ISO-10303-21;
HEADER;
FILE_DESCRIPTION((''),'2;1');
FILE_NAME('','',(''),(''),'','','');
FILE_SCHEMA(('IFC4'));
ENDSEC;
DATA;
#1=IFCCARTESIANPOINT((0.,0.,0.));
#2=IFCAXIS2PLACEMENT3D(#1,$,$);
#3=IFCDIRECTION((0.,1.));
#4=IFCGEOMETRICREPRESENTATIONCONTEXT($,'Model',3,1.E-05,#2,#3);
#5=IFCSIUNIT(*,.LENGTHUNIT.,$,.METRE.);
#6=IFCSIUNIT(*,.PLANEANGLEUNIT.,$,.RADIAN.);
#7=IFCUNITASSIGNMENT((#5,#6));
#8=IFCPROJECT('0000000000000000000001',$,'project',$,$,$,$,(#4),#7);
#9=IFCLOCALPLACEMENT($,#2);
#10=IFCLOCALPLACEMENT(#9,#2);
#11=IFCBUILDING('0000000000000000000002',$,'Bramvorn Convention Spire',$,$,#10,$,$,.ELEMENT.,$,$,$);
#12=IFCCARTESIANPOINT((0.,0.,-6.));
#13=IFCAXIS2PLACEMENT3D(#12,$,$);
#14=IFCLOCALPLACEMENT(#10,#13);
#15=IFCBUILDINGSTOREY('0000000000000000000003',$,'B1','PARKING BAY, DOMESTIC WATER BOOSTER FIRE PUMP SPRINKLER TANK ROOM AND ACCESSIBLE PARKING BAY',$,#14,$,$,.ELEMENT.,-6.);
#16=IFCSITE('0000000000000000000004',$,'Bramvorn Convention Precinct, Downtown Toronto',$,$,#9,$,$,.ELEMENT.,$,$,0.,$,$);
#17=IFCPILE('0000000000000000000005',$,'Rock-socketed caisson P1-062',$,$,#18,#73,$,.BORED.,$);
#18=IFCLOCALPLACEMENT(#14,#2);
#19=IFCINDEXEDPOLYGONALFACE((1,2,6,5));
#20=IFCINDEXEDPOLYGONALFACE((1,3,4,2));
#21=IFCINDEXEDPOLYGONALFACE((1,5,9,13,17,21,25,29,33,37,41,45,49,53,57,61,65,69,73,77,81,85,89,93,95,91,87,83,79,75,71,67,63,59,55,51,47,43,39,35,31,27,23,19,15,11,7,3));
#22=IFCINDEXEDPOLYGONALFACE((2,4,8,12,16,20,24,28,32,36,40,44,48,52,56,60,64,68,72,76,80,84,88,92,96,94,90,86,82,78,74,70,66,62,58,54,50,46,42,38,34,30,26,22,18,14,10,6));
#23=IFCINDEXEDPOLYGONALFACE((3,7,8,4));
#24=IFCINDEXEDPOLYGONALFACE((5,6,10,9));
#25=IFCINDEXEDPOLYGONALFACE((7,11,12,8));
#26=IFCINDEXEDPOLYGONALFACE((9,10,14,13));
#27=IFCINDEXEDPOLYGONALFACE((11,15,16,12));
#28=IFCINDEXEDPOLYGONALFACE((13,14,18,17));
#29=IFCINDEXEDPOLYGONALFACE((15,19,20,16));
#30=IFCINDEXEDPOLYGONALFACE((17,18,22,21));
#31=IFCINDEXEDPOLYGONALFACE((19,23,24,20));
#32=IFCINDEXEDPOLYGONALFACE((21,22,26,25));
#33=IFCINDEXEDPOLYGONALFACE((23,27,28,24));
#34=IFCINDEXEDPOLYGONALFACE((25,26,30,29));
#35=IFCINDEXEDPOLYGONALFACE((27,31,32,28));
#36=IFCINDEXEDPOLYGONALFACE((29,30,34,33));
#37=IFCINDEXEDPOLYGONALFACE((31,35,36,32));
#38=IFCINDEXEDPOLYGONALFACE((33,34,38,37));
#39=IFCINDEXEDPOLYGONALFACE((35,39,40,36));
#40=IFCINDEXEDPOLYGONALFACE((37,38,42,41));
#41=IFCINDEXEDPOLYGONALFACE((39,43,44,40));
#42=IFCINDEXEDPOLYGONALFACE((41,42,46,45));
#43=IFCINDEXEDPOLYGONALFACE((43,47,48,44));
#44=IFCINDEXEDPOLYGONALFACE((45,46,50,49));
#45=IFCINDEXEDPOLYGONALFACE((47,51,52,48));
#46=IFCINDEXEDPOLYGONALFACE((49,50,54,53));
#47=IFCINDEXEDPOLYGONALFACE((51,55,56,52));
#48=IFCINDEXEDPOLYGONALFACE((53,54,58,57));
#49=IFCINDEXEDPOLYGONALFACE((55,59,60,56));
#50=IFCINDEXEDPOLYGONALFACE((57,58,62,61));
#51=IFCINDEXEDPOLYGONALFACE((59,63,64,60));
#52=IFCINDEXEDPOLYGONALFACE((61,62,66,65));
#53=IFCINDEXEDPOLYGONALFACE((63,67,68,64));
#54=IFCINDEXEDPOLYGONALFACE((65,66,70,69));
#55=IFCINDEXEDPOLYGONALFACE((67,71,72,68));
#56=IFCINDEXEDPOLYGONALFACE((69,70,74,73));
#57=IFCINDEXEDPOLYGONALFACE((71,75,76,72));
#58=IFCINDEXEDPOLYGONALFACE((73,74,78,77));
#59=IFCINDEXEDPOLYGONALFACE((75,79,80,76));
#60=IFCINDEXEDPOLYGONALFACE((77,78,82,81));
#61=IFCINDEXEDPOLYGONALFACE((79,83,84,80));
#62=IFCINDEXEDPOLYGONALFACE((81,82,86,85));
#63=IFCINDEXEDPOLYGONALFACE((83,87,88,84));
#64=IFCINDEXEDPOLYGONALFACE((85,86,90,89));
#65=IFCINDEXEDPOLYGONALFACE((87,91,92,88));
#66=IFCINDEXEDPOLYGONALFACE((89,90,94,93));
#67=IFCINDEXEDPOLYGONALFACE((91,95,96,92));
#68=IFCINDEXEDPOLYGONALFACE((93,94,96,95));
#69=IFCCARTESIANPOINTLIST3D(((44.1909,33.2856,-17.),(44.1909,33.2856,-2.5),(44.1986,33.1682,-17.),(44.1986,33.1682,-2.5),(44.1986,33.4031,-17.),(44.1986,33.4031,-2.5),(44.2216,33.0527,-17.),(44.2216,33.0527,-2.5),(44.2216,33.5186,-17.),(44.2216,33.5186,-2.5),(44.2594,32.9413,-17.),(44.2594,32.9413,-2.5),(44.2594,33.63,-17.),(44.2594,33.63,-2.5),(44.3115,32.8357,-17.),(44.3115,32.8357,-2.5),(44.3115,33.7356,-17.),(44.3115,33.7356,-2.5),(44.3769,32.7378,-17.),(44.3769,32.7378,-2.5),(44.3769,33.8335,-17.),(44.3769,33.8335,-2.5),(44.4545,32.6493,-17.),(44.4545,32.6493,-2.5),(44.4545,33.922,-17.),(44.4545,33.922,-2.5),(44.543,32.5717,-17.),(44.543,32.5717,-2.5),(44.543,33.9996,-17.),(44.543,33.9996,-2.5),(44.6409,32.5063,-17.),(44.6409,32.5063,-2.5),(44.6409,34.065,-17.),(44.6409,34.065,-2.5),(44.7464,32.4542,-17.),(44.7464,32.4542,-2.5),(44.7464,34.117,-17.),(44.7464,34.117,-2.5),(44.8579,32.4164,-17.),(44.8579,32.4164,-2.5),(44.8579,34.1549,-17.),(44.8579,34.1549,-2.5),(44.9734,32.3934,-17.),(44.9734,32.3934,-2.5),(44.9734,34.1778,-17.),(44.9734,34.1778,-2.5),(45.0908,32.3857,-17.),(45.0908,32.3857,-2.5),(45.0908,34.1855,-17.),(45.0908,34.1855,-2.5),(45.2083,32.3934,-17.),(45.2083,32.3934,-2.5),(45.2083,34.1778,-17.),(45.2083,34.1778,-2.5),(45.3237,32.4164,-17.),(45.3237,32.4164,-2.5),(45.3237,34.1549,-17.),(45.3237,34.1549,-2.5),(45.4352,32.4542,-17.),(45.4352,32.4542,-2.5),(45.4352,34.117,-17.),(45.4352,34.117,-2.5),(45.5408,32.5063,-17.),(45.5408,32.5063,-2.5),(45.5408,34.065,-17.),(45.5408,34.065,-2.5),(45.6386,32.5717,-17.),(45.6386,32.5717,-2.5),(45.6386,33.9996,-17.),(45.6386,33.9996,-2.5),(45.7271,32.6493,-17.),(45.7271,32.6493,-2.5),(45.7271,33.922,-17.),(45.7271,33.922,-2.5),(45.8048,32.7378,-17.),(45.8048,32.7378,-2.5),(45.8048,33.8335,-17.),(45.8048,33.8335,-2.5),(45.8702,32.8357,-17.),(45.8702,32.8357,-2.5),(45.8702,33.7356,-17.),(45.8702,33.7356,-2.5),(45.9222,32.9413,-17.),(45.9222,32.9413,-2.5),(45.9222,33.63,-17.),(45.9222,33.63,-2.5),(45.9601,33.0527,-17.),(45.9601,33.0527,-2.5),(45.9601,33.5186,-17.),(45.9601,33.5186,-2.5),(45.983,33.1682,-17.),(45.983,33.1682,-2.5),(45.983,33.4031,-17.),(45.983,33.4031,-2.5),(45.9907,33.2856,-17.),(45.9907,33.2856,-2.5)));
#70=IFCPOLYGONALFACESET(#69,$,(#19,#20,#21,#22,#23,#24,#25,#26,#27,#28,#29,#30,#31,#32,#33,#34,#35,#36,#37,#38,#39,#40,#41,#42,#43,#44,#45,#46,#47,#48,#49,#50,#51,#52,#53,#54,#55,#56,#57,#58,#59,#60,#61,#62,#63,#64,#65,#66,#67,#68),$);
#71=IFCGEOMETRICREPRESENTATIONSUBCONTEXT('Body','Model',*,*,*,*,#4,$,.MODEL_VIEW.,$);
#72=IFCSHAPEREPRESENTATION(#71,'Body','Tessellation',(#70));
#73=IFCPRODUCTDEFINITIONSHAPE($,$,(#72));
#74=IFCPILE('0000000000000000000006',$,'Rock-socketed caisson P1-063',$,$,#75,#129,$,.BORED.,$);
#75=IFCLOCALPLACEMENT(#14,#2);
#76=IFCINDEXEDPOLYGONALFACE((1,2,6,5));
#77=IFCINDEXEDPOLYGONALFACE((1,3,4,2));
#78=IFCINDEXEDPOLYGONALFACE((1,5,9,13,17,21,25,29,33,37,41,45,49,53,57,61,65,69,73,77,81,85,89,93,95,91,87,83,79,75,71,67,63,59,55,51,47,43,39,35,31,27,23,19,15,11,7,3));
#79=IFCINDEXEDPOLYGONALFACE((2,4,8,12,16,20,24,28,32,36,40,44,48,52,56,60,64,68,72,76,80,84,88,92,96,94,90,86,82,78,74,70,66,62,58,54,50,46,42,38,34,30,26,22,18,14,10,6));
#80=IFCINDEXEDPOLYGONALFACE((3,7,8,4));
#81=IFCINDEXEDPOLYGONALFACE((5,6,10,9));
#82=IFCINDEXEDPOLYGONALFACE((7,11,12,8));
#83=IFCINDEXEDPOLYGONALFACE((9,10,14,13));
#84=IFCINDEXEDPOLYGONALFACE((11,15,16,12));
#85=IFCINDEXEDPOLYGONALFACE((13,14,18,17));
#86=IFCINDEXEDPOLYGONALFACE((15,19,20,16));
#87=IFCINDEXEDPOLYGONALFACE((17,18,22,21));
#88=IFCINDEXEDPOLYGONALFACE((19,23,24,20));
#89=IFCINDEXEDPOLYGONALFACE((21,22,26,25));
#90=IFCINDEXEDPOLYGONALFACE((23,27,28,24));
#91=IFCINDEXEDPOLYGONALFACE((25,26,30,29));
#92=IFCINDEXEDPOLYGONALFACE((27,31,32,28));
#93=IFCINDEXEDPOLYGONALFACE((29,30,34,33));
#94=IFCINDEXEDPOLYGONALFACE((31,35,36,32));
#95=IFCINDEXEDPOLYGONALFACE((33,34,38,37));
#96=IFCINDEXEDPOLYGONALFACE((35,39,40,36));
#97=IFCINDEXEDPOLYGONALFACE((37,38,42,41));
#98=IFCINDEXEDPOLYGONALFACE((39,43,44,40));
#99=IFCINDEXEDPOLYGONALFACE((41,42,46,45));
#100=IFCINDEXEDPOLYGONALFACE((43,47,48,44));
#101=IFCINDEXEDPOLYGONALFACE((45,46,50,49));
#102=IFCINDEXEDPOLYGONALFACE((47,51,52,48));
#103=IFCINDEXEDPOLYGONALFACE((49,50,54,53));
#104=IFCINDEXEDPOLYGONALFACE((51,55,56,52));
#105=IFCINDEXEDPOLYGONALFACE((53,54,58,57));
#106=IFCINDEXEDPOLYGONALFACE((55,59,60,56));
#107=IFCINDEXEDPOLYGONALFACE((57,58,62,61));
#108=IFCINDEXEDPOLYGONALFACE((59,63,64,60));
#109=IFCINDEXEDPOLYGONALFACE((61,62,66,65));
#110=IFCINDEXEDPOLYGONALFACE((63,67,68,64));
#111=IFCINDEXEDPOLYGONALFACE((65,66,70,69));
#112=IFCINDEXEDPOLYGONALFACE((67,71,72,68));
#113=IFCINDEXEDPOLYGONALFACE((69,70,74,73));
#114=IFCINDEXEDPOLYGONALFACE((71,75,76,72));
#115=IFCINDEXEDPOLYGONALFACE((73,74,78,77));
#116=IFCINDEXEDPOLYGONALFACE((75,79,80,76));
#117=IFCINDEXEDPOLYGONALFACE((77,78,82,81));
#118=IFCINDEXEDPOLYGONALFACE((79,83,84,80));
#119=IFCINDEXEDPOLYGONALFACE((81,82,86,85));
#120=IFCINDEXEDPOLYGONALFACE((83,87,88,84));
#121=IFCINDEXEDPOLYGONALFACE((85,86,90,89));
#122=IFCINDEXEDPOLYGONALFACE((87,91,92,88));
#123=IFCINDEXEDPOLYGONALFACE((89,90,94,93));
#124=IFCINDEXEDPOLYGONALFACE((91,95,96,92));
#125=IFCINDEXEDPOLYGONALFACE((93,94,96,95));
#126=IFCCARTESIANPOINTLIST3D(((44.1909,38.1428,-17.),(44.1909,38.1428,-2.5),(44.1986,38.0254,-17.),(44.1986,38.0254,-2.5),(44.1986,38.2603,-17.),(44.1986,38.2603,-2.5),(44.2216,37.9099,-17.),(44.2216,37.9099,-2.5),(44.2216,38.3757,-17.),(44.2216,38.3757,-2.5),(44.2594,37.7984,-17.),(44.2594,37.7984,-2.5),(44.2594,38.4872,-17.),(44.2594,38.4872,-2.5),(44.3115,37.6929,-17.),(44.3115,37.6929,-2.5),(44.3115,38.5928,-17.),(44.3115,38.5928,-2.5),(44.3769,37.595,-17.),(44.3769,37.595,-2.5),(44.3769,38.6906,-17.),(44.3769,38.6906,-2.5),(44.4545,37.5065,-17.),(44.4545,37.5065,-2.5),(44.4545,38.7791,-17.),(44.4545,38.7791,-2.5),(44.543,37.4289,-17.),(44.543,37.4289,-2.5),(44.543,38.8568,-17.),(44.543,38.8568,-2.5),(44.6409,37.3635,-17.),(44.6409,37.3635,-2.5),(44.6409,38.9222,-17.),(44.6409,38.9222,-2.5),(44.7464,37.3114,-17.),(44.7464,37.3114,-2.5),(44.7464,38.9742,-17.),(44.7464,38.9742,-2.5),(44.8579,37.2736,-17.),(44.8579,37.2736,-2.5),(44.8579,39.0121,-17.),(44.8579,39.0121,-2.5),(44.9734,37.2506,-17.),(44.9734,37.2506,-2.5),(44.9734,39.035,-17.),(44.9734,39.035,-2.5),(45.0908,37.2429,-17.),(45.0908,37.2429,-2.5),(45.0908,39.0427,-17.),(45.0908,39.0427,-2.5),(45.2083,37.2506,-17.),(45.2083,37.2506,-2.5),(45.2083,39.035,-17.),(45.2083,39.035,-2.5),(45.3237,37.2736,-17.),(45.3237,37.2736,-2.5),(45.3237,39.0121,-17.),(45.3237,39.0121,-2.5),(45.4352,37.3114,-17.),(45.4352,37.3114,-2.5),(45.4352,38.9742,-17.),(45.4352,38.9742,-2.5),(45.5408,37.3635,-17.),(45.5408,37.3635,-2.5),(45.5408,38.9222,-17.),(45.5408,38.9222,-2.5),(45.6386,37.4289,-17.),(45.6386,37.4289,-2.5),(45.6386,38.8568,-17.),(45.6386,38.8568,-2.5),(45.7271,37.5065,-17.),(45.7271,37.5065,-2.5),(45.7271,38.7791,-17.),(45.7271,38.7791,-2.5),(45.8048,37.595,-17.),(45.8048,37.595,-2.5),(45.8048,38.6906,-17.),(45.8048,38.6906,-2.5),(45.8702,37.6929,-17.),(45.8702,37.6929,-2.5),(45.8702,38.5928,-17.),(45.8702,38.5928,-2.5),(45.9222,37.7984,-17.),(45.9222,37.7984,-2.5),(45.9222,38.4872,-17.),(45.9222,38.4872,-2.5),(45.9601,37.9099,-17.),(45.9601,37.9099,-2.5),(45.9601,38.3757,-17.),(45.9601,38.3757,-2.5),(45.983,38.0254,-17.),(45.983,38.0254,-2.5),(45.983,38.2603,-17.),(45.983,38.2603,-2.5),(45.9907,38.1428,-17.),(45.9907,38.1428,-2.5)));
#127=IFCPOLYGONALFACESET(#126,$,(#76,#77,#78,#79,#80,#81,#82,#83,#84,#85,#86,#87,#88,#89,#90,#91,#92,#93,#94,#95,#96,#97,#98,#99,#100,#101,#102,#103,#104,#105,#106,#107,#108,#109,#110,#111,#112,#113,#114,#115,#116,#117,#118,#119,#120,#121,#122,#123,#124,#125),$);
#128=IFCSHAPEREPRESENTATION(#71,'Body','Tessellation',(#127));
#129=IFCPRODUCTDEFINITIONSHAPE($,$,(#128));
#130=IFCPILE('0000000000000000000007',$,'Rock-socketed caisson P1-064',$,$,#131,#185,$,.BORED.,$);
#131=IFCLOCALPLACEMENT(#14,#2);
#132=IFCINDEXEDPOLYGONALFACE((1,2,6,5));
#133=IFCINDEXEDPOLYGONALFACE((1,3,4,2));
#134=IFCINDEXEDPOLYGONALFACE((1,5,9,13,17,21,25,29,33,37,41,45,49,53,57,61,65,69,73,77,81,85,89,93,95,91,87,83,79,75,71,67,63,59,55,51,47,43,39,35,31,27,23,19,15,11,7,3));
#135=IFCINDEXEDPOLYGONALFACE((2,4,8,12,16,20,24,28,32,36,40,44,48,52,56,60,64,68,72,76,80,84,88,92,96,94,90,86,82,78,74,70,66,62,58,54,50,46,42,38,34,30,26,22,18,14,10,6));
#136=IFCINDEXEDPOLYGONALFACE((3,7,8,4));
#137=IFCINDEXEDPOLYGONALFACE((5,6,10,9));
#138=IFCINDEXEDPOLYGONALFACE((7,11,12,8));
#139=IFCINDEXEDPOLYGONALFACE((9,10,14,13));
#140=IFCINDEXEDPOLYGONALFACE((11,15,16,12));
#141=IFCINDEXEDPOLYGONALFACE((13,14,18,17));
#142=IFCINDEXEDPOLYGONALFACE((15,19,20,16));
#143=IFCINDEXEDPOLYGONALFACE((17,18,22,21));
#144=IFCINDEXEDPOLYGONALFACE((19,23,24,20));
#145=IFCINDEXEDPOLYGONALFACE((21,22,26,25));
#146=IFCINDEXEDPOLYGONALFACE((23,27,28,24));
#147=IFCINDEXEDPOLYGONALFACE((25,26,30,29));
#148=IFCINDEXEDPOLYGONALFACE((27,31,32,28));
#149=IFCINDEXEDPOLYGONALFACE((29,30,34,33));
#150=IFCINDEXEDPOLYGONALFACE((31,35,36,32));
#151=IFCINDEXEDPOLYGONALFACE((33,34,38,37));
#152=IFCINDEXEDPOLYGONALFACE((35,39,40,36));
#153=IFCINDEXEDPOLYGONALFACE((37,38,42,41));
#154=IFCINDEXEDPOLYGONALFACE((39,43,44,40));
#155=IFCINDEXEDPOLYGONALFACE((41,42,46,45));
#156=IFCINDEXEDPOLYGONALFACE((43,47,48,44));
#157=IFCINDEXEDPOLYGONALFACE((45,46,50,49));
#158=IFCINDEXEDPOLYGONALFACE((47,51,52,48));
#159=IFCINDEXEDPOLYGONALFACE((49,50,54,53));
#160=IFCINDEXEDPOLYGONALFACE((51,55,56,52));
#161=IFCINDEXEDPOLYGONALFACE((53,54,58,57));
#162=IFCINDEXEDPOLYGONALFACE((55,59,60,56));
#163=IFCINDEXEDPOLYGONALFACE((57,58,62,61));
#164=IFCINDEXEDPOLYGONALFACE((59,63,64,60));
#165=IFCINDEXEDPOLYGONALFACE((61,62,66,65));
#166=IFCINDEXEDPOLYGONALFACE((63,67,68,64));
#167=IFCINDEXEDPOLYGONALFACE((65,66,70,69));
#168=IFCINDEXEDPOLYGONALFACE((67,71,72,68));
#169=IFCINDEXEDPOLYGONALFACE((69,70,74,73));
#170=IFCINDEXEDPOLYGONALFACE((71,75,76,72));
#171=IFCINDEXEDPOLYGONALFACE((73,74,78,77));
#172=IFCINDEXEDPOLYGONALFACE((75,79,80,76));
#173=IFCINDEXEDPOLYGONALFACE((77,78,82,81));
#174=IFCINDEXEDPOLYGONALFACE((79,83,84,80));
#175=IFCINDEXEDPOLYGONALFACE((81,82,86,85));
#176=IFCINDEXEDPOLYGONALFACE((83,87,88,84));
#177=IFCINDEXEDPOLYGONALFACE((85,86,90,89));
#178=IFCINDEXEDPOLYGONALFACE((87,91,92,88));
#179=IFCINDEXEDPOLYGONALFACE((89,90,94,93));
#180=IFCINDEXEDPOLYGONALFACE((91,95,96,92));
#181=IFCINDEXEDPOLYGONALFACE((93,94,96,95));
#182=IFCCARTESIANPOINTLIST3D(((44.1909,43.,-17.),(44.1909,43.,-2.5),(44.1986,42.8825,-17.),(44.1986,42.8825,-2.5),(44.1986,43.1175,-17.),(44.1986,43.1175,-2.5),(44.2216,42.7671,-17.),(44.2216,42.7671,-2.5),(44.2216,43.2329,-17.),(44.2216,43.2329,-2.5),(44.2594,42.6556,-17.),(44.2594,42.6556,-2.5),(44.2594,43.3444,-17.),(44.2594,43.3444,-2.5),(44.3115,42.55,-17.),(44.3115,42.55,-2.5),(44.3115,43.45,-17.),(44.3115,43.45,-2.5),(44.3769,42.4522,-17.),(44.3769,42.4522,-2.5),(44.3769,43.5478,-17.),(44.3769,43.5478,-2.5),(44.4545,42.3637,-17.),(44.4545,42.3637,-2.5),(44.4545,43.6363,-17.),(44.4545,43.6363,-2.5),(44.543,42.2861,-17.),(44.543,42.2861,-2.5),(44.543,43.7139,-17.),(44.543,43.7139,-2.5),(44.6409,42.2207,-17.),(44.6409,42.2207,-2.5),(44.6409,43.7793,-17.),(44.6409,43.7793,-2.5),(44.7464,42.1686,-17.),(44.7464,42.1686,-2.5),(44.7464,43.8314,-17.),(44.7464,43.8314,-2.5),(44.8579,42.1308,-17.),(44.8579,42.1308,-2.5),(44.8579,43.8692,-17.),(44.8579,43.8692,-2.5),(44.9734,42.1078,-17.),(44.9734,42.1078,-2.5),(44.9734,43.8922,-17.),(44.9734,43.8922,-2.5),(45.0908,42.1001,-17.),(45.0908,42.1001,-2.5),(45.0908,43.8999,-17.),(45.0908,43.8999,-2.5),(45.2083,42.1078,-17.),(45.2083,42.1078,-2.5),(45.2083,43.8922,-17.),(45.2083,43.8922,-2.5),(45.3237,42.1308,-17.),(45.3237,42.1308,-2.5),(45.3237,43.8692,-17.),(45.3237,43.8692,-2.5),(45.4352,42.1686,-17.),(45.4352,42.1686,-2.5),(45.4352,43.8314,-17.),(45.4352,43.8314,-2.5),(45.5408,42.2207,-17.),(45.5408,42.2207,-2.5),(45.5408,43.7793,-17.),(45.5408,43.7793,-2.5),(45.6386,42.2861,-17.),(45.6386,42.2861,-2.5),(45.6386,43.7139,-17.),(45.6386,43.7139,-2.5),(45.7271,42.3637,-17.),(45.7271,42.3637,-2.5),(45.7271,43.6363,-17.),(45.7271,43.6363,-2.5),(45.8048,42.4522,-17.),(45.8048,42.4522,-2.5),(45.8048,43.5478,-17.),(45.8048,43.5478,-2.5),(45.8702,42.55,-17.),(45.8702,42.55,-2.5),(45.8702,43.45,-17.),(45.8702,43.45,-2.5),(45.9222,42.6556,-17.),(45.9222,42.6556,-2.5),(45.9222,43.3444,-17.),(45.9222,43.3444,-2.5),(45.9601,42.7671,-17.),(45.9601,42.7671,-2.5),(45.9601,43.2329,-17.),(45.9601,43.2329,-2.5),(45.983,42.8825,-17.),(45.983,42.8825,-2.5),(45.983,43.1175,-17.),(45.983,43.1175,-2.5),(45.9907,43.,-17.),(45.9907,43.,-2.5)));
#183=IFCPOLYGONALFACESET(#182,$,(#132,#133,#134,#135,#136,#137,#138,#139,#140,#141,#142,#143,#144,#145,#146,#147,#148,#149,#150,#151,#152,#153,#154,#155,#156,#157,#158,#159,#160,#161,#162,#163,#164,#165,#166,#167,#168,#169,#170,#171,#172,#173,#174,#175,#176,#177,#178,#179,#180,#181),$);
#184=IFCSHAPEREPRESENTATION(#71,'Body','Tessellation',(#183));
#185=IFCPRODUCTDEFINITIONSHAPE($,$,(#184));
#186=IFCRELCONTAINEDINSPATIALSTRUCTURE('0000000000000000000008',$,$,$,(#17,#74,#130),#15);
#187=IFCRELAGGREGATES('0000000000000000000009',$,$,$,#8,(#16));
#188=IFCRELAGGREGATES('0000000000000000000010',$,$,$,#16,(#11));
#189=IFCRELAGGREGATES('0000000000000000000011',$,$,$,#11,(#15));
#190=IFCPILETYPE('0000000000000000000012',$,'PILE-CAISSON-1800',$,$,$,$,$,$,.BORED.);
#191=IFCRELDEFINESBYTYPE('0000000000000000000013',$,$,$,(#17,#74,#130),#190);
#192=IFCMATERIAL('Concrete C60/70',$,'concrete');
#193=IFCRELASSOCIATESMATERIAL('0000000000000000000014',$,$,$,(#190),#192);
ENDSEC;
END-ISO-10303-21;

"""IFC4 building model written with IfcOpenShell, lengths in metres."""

from ifc_helpers import new_model, si_unit, direction, frame, origin, origin_2d, place, context, subcontext, project, spatial, circle, extrude, material, material_profile, profile_set, type_object, element, save


model = new_model("IFC4")

# Units and contexts
model_context = context("Model", 3, precision=1e-05, world=origin(), true_north=direction((0.0, 1.0)))
body_context = subcontext(model_context, "Body", "Model", "MODEL_VIEW")
ifc_project = project(units=[si_unit("LENGTHUNIT", "METRE"), si_unit("PLANEANGLEUNIT", "RADIAN")], contexts=[model_context])

# Site, building, storey
site_placement = place(None, origin())
site = spatial("IfcSite", under=ifc_project, at=site_placement, Name="Bramvorn Convention Precinct, Downtown Toronto", CompositionType="ELEMENT", RefElevation=0.0)
building_placement = place(site_placement, origin())
building = spatial("IfcBuilding", under=site, at=building_placement, Name="Bramvorn Convention Spire", CompositionType="ELEMENT")
storey_placement = place(building_placement, frame((0.0, 0.0, -6.0)))
storey = spatial("IfcBuildingStorey", under=building, at=storey_placement, Name="B1", Description="PARKING BAY, DOMESTIC WATER BOOSTER FIRE PUMP SPRINKLER TANK ROOM AND ACCESSIBLE PARKING BAY", CompositionType="ELEMENT", Elevation=-6.0)

# Shared definitions
ifc_material_1 = material(Name="Concrete C60/70", Category="concrete")

# Piles
ifc_material_profile_1 = material_profile(ifc_material_1, circle(Radius=0.8999, at=origin_2d()))
ifc_profile_set_1 = profile_set([ifc_material_profile_1], Name="Concrete C60/70 - CAISSON1800")
pile_type_1 = type_object("IfcPileType", Name="PILE-CAISSON-1800", PredefinedType="BORED", material=ifc_profile_set_1)
for number, where, z_axis, x_axis, name in (
    (1, (45.0908, 33.2856, -2.5), (0.0, 0.0, -1.0), (1.0, 0.0, 0.0), "Rock-socketed caisson P1-062"),
    (2, (45.0908, 38.1428, -2.5), (0.0, 0.0, -1.0), (1.0, 0.0, 0.0), "Rock-socketed caisson P1-063"),
    (3, (45.0908, 43.0, -2.5), (0.0, 0.0, -1.0), (1.0, 0.0, 0.0), "Rock-socketed caisson P1-064"),
):
    element("IfcPile", number, at=place(storey_placement, frame(where, z_axis=z_axis, x_axis=x_axis)), inside=storey, type_object=pile_type_1, Name=name, PredefinedType="BORED", context=body_context, shape_type="SweptSolid", body=[
        extrude(circle(Radius=0.8999, at=origin_2d()), origin(), (0.0, 0.0, 1.0), 14.5),
    ])

save(model, "model.ifc")
